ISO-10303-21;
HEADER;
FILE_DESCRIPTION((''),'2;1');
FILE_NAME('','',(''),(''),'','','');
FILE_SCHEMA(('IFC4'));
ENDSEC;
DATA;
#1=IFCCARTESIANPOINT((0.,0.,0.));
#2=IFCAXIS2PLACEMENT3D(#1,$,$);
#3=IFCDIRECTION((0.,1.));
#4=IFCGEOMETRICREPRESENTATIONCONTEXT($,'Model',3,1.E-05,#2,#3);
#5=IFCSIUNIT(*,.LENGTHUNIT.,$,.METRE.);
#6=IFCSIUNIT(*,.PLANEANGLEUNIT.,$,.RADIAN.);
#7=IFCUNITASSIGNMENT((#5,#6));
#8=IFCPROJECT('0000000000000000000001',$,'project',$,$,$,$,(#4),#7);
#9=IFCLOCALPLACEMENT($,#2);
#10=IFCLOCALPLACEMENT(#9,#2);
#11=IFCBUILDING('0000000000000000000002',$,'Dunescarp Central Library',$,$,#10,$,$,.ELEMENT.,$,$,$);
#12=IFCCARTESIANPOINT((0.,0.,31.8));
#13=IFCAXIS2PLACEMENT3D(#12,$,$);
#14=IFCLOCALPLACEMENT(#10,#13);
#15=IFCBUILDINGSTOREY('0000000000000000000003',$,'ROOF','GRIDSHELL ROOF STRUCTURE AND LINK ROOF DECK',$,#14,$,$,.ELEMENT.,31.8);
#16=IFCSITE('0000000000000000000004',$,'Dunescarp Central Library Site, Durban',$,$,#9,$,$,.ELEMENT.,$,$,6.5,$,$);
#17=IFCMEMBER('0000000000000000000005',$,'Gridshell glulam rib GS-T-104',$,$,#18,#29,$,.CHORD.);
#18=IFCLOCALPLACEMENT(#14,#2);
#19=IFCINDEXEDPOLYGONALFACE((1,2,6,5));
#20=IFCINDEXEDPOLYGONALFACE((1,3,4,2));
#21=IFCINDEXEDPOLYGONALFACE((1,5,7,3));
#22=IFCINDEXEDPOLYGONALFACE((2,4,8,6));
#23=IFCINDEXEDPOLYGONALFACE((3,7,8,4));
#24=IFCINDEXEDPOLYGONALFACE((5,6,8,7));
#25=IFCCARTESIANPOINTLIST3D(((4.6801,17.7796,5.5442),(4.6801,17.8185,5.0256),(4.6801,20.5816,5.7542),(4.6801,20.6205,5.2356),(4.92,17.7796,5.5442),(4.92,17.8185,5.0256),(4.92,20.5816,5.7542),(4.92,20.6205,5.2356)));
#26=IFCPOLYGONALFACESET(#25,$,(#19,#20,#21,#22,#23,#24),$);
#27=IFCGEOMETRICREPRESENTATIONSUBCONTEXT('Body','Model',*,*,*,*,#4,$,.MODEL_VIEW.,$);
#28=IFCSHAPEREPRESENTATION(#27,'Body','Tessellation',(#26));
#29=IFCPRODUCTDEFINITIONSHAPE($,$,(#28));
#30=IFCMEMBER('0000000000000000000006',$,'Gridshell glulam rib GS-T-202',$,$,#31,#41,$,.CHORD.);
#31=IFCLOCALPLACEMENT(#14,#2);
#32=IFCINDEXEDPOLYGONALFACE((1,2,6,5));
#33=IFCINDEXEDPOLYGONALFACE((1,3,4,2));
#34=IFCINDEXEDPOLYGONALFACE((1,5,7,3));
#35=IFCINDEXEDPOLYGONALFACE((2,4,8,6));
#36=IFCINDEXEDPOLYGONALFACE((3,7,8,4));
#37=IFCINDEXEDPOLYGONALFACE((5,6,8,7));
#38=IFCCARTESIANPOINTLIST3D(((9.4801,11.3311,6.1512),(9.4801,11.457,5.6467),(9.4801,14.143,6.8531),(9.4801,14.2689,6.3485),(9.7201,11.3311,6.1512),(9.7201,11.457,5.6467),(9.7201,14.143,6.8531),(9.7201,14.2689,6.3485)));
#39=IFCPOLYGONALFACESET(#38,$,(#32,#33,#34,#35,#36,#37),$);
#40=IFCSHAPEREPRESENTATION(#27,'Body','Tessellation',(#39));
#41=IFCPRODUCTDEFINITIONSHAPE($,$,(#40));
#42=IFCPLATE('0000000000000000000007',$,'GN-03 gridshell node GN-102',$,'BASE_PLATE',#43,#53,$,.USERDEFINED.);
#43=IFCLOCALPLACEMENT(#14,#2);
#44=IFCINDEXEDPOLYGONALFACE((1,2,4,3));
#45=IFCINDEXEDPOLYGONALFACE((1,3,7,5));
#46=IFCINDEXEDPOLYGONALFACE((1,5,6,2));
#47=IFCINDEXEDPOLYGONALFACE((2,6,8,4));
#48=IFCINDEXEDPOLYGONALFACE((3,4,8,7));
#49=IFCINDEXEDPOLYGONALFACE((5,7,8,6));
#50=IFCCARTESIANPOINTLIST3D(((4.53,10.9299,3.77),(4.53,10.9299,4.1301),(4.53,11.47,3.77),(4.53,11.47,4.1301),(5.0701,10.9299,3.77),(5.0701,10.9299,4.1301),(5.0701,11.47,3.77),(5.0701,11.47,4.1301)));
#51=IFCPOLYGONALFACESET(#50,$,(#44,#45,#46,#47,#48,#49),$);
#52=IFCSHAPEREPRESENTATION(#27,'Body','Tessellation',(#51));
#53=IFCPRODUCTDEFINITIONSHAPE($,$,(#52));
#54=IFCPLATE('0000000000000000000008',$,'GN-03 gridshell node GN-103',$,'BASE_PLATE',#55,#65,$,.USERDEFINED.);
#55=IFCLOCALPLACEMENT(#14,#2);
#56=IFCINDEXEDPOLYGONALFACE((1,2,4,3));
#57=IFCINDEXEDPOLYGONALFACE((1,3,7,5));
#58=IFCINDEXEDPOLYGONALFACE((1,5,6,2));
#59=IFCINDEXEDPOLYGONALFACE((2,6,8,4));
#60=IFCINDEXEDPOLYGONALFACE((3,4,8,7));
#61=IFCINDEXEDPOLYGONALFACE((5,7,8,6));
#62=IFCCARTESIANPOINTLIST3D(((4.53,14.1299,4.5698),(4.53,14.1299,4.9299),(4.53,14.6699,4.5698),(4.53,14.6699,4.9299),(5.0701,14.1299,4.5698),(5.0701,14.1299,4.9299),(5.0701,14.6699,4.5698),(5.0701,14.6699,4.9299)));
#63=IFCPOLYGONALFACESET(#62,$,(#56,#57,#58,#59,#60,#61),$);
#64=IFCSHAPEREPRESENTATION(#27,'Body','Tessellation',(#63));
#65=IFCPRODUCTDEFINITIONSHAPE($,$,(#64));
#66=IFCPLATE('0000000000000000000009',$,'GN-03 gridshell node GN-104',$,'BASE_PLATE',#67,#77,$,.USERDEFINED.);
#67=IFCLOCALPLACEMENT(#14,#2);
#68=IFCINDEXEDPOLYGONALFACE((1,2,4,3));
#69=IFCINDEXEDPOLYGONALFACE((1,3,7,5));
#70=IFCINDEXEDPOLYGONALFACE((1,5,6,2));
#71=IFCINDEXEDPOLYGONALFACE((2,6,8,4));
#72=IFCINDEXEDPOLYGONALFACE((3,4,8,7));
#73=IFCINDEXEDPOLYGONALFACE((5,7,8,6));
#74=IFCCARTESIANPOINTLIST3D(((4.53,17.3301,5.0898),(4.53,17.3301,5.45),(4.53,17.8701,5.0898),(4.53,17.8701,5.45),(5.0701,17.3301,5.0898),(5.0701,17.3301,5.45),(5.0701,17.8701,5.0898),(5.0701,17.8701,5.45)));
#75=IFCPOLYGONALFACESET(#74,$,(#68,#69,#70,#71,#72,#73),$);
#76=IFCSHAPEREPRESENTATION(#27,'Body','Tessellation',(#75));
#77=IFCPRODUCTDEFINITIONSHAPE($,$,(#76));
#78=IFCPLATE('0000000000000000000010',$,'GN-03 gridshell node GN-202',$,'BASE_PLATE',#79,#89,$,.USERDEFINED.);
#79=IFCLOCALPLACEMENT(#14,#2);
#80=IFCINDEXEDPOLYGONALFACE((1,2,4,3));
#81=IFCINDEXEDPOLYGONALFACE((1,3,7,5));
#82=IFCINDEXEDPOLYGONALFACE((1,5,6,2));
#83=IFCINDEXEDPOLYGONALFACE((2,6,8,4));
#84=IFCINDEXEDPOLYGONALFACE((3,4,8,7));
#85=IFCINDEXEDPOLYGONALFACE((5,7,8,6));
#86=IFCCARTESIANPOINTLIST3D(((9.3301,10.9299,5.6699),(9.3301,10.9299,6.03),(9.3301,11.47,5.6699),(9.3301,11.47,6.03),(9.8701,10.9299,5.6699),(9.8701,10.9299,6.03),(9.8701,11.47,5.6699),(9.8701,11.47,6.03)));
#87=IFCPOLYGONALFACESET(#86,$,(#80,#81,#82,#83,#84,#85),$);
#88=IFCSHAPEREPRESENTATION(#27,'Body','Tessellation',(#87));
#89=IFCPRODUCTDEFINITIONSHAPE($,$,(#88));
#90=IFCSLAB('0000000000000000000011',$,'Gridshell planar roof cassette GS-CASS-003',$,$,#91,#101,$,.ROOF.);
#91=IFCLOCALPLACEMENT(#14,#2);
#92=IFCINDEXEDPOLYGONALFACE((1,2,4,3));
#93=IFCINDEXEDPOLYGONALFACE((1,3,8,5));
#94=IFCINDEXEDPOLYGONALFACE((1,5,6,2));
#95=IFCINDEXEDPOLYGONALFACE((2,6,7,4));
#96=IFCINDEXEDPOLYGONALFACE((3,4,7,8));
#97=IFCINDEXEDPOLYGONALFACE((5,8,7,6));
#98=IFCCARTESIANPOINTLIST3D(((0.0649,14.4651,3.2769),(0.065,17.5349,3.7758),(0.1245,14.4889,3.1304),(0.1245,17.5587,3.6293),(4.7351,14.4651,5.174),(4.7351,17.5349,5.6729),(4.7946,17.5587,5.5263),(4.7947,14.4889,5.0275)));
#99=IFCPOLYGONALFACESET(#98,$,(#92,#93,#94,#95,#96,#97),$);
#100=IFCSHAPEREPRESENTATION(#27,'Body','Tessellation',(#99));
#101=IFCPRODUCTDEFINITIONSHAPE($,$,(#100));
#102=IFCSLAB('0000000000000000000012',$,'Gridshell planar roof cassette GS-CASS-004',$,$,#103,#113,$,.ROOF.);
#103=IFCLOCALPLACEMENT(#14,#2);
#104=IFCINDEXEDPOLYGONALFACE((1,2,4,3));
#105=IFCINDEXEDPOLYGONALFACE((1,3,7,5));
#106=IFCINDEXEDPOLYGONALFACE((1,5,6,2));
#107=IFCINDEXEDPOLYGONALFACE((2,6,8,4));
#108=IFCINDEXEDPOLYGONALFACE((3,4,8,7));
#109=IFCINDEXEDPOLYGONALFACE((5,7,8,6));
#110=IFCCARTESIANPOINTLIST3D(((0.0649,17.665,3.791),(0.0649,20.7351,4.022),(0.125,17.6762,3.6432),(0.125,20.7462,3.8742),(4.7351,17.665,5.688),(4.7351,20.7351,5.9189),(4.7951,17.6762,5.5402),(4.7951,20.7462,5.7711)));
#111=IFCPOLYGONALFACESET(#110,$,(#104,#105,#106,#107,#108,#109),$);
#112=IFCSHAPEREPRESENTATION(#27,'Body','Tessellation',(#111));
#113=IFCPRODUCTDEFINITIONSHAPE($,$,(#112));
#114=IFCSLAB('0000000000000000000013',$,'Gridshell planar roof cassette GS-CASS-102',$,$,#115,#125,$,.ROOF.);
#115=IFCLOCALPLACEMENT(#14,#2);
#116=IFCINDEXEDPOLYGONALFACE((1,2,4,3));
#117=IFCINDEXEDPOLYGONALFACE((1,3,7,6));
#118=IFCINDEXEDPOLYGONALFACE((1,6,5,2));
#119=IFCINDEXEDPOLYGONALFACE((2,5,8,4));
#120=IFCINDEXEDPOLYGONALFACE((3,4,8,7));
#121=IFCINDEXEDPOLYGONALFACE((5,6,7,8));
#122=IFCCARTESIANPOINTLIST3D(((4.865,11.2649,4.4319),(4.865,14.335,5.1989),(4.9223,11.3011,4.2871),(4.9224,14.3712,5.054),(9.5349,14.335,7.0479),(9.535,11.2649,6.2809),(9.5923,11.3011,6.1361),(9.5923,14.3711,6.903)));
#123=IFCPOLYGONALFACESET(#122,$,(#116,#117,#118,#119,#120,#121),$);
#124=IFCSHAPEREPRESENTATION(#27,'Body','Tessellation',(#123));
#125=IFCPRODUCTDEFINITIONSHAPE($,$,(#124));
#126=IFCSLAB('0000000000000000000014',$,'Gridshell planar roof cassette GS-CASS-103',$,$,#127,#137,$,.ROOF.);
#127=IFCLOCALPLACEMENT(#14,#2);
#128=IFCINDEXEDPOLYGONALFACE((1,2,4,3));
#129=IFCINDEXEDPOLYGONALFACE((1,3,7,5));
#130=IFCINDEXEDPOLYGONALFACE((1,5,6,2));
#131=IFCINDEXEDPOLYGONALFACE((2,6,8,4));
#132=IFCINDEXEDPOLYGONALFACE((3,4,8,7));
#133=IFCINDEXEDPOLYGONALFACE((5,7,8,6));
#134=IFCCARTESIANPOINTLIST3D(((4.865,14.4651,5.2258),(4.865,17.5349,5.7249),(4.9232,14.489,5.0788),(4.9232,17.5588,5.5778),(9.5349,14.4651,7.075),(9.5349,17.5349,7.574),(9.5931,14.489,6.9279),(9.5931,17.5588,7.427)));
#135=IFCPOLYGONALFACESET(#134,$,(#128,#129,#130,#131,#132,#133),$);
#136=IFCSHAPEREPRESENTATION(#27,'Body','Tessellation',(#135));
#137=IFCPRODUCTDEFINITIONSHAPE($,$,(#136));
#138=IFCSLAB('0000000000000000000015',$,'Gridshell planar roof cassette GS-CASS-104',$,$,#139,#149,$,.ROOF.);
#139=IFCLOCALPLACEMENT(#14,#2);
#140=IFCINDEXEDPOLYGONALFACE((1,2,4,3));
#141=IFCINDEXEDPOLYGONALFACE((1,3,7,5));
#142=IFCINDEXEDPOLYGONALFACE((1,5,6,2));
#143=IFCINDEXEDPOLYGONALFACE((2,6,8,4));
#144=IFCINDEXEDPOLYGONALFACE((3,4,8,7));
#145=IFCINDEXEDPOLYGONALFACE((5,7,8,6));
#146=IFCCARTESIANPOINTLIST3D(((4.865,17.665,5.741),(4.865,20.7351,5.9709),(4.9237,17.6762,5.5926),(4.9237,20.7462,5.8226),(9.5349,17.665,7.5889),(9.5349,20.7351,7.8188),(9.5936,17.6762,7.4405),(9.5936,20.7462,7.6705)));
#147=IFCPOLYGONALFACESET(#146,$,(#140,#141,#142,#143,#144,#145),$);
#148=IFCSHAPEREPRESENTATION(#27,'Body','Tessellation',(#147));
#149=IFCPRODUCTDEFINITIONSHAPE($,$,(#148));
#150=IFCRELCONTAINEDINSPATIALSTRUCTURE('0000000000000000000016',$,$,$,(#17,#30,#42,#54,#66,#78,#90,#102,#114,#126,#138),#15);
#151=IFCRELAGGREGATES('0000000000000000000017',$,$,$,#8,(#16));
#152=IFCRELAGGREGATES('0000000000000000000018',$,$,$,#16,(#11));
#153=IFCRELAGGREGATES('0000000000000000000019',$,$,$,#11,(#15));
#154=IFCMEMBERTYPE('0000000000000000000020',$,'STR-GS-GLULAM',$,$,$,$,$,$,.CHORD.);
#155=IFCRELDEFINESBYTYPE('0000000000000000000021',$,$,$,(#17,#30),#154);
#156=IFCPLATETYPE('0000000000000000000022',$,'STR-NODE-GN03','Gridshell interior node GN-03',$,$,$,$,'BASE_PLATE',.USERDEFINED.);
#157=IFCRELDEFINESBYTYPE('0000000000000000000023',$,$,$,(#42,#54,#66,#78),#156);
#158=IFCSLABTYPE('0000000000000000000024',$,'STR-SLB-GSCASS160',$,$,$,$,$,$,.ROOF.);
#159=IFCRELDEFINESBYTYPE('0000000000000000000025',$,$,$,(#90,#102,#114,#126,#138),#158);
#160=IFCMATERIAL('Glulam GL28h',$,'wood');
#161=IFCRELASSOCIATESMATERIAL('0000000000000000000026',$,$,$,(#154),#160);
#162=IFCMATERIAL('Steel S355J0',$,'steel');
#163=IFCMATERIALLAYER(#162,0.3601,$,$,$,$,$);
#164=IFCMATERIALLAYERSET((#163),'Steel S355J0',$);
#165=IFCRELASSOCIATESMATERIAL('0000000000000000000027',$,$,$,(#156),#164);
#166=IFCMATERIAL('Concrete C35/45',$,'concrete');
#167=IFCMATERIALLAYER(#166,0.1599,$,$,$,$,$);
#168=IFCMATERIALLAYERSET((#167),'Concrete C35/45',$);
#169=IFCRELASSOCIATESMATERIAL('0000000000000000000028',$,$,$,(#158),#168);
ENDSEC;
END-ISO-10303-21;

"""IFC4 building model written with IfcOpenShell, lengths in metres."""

from ifc_helpers import new_model, si_unit, direction, frame, origin, origin_2d, place, context, subcontext, project, spatial, polyline, rectangle, outline, extrude, material, layer, layer_set, material_profile, profile_set, type_object, element, save


model = new_model("IFC4")

# Units and contexts
model_context = context("Model", 3, precision=1e-05, world=origin(), true_north=direction((0.0, 1.0)))
body_context = subcontext(model_context, "Body", "Model", "MODEL_VIEW")
ifc_project = project(units=[si_unit("LENGTHUNIT", "METRE"), si_unit("PLANEANGLEUNIT", "RADIAN")], contexts=[model_context])

# Site, building, storey
site_placement = place(None, origin())
site = spatial("IfcSite", under=ifc_project, at=site_placement, Name="Dunescarp Central Library Site, Durban", CompositionType="ELEMENT", RefElevation=6.5)
building_placement = place(site_placement, origin())
building = spatial("IfcBuilding", under=site, at=building_placement, Name="Dunescarp Central Library", CompositionType="ELEMENT")
storey_placement = place(building_placement, frame((0.0, 0.0, 31.8)))
storey = spatial("IfcBuildingStorey", under=building, at=storey_placement, Name="ROOF", Description="GRIDSHELL ROOF STRUCTURE AND LINK ROOF DECK", CompositionType="ELEMENT", Elevation=31.8)

# Members
ifc_material_1 = material(Name="Steel S355J0", Category="steel")
ifc_material_2 = material(Name="Glulam GL28h", Category="wood")
ifc_material_profile_1 = material_profile(ifc_material_2, rectangle(XDim=0.24, YDim=0.52, at=origin_2d()), Name="GL28h 240x520")
ifc_profile_set_1 = profile_set([ifc_material_profile_1], Name="Glulam GL28h")
member_type_1 = type_object("IfcMemberType", Name="STR-GS-GLULAM", PredefinedType="CHORD", material=ifc_profile_set_1)
member_1_placement = place(storey_placement, frame((4.8, 17.7991, 5.2849), z_axis=(0.0, 0.997204, 0.074723), x_axis=(-1.0, 0.0, 0.0)))
element("IfcMember", 1, at=member_1_placement, inside=storey, type_object=member_type_1, Name="Gridshell glulam rib GS-T-104", PredefinedType="CHORD", context=body_context, shape_type="SweptSolid", body=[
    extrude(rectangle(XDim=0.24, YDim=0.52, at=origin_2d()), origin(), (0.0, 0.0, 1.0), 2.8098),
])
member_2_placement = place(storey_placement, frame((9.6001, 11.394, 5.8989), z_axis=(0.0, 0.970232, 0.242179), x_axis=(-1.0, 0.0, 0.0)))
element("IfcMember", 2, at=member_2_placement, inside=storey, type_object=member_type_1, Name="Gridshell glulam rib GS-T-202", PredefinedType="CHORD", context=body_context, shape_type="SweptSolid", body=[
    extrude(rectangle(XDim=0.24, YDim=0.52, at=origin_2d()), origin(), (0.0, 0.0, 1.0), 2.8982),
])

# Plates
ifc_layer_1 = layer(ifc_material_1, 0.3601)
ifc_layer_set_1 = layer_set([ifc_layer_1], Name="Steel S355J0")
plate_type = type_object("IfcPlateType", Name="STR-NODE-GN03", Description="Gridshell interior node GN-03", ElementType="BASE_PLATE", PredefinedType="USERDEFINED", material=ifc_layer_set_1)
for number, where, z_axis, x_axis, name in (
    (3, (4.8, 11.2, 3.77), (0.0, 0.0, 1.0), (1.0, 0.0, 0.0), "GN-03 gridshell node GN-102"),
    (4, (4.8, 14.3999, 4.5698), (0.0, 0.0, 1.0), (1.0, 0.0, 0.0), "GN-03 gridshell node GN-103"),
    (5, (4.8, 17.6001, 5.0898), (0.0, 0.0, 1.0), (1.0, 0.0, 0.0), "GN-03 gridshell node GN-104"),
    (6, (9.6001, 11.2, 5.6699), (0.0, 0.0, 1.0), (1.0, 0.0, 0.0), "GN-03 gridshell node GN-202"),
):
    element("IfcPlate", number, at=place(storey_placement, frame(where, z_axis=z_axis, x_axis=x_axis)), inside=storey, type_object=plate_type, Name=name, ObjectType="BASE_PLATE", PredefinedType="USERDEFINED", context=body_context, shape_type="SweptSolid", body=[
        extrude(rectangle(XDim=0.54, YDim=0.54, at=origin_2d()), origin(), (0.0, 0.0, 1.0), 0.3601),
    ])

# Slabs
ifc_material_3 = material(Name="Concrete C35/45", Category="concrete")
ifc_layer_2 = layer(ifc_material_3, 0.1599)
ifc_layer_set_2 = layer_set([ifc_layer_2], Name="Concrete C35/45")
slab_type = type_object("IfcSlabType", Name="STR-SLB-GSCASS160", PredefinedType="ROOF", material=ifc_layer_set_2)
slab_1_placement = place(storey_placement, frame((0.0649, 14.4651, 3.2769), z_axis=(-0.372155, -0.148891, 0.916151), x_axis=(0.926477, 0.000003, 0.37635)))
element("IfcSlab", 7, at=slab_1_placement, inside=storey, type_object=slab_type, Name="Gridshell planar roof cassette GS-CASS-003", PredefinedType="ROOF", context=body_context, shape_type="SweptSolid", body=[
    extrude(outline(polyline([(0.0, 0.0), (5.0408, 0.0), (5.2285, 3.1044), (0.1878, 3.1044), (0.0, 0.0)])), origin(), (0.0, 0.0, -1.0), 0.1599),
])
slab_2_placement = place(storey_placement, frame((0.0649, 17.665, 3.791), z_axis=(-0.375418, -0.06953, 0.924244), x_axis=(0.926486, 0.0, 0.376329)))
element("IfcSlab", 8, at=slab_2_placement, inside=storey, type_object=slab_type, Name="Gridshell planar roof cassette GS-CASS-004", PredefinedType="ROOF", context=body_context, shape_type="SweptSolid", body=[
    extrude(outline(polyline([(0.0, 0.0), (5.0407, 0.0), (5.1276, 3.0775), (0.0869, 3.0775), (0.0, 0.0)])), origin(), (0.0, 0.0, -1.0), 0.1599),
])
slab_3_placement = place(storey_placement, frame((4.865, 11.2649, 4.4319), z_axis=(-0.358586, -0.226254, 0.905663), x_axis=(0.929773, 0.000005, 0.368134)))
element("IfcSlab", 9, at=slab_3_placement, inside=storey, type_object=slab_type, Name="Gridshell planar roof cassette GS-CASS-102", PredefinedType="ROOF", context=body_context, shape_type="SweptSolid", body=[
    extrude(outline(polyline([(0.0, 0.0), (5.0227, 0.0), (5.305, 3.1518), (0.2824, 3.1518), (0.0, 0.0)])), origin(), (0.0, 0.0, -1.0), 0.1599),
])
slab_4_placement = place(storey_placement, frame((4.865, 14.4651, 5.2258), z_axis=(-0.364019, -0.149443, 0.919324), x_axis=(0.929765, 0.0, 0.368154)))
element("IfcSlab", 10, at=slab_4_placement, inside=storey, type_object=slab_type, Name="Gridshell planar roof cassette GS-CASS-103", PredefinedType="ROOF", context=body_context, shape_type="SweptSolid", body=[
    extrude(outline(polyline([(0.0, 0.0), (5.0227, 0.0), (5.2064, 3.1047), (0.1837, 3.1047), (0.0, 0.0)])), origin(), (0.0, 0.0, -1.0), 0.1599),
])
slab_5_placement = place(storey_placement, frame((4.865, 17.665, 5.741), z_axis=(-0.367054, -0.069487, 0.927601), x_axis=(0.929848, 0.0, 0.367943)))
element("IfcSlab", 11, at=slab_5_placement, inside=storey, type_object=slab_type, Name="Gridshell planar roof cassette GS-CASS-104", PredefinedType="ROOF", context=body_context, shape_type="SweptSolid", body=[
    extrude(outline(polyline([(0.0, 0.0), (5.0222, 0.0), (5.1069, 3.0775), (0.0846, 3.0775), (0.0, 0.0)])), origin(), (0.0, 0.0, -1.0), 0.1599),
])

save(model, "model.ifc")
